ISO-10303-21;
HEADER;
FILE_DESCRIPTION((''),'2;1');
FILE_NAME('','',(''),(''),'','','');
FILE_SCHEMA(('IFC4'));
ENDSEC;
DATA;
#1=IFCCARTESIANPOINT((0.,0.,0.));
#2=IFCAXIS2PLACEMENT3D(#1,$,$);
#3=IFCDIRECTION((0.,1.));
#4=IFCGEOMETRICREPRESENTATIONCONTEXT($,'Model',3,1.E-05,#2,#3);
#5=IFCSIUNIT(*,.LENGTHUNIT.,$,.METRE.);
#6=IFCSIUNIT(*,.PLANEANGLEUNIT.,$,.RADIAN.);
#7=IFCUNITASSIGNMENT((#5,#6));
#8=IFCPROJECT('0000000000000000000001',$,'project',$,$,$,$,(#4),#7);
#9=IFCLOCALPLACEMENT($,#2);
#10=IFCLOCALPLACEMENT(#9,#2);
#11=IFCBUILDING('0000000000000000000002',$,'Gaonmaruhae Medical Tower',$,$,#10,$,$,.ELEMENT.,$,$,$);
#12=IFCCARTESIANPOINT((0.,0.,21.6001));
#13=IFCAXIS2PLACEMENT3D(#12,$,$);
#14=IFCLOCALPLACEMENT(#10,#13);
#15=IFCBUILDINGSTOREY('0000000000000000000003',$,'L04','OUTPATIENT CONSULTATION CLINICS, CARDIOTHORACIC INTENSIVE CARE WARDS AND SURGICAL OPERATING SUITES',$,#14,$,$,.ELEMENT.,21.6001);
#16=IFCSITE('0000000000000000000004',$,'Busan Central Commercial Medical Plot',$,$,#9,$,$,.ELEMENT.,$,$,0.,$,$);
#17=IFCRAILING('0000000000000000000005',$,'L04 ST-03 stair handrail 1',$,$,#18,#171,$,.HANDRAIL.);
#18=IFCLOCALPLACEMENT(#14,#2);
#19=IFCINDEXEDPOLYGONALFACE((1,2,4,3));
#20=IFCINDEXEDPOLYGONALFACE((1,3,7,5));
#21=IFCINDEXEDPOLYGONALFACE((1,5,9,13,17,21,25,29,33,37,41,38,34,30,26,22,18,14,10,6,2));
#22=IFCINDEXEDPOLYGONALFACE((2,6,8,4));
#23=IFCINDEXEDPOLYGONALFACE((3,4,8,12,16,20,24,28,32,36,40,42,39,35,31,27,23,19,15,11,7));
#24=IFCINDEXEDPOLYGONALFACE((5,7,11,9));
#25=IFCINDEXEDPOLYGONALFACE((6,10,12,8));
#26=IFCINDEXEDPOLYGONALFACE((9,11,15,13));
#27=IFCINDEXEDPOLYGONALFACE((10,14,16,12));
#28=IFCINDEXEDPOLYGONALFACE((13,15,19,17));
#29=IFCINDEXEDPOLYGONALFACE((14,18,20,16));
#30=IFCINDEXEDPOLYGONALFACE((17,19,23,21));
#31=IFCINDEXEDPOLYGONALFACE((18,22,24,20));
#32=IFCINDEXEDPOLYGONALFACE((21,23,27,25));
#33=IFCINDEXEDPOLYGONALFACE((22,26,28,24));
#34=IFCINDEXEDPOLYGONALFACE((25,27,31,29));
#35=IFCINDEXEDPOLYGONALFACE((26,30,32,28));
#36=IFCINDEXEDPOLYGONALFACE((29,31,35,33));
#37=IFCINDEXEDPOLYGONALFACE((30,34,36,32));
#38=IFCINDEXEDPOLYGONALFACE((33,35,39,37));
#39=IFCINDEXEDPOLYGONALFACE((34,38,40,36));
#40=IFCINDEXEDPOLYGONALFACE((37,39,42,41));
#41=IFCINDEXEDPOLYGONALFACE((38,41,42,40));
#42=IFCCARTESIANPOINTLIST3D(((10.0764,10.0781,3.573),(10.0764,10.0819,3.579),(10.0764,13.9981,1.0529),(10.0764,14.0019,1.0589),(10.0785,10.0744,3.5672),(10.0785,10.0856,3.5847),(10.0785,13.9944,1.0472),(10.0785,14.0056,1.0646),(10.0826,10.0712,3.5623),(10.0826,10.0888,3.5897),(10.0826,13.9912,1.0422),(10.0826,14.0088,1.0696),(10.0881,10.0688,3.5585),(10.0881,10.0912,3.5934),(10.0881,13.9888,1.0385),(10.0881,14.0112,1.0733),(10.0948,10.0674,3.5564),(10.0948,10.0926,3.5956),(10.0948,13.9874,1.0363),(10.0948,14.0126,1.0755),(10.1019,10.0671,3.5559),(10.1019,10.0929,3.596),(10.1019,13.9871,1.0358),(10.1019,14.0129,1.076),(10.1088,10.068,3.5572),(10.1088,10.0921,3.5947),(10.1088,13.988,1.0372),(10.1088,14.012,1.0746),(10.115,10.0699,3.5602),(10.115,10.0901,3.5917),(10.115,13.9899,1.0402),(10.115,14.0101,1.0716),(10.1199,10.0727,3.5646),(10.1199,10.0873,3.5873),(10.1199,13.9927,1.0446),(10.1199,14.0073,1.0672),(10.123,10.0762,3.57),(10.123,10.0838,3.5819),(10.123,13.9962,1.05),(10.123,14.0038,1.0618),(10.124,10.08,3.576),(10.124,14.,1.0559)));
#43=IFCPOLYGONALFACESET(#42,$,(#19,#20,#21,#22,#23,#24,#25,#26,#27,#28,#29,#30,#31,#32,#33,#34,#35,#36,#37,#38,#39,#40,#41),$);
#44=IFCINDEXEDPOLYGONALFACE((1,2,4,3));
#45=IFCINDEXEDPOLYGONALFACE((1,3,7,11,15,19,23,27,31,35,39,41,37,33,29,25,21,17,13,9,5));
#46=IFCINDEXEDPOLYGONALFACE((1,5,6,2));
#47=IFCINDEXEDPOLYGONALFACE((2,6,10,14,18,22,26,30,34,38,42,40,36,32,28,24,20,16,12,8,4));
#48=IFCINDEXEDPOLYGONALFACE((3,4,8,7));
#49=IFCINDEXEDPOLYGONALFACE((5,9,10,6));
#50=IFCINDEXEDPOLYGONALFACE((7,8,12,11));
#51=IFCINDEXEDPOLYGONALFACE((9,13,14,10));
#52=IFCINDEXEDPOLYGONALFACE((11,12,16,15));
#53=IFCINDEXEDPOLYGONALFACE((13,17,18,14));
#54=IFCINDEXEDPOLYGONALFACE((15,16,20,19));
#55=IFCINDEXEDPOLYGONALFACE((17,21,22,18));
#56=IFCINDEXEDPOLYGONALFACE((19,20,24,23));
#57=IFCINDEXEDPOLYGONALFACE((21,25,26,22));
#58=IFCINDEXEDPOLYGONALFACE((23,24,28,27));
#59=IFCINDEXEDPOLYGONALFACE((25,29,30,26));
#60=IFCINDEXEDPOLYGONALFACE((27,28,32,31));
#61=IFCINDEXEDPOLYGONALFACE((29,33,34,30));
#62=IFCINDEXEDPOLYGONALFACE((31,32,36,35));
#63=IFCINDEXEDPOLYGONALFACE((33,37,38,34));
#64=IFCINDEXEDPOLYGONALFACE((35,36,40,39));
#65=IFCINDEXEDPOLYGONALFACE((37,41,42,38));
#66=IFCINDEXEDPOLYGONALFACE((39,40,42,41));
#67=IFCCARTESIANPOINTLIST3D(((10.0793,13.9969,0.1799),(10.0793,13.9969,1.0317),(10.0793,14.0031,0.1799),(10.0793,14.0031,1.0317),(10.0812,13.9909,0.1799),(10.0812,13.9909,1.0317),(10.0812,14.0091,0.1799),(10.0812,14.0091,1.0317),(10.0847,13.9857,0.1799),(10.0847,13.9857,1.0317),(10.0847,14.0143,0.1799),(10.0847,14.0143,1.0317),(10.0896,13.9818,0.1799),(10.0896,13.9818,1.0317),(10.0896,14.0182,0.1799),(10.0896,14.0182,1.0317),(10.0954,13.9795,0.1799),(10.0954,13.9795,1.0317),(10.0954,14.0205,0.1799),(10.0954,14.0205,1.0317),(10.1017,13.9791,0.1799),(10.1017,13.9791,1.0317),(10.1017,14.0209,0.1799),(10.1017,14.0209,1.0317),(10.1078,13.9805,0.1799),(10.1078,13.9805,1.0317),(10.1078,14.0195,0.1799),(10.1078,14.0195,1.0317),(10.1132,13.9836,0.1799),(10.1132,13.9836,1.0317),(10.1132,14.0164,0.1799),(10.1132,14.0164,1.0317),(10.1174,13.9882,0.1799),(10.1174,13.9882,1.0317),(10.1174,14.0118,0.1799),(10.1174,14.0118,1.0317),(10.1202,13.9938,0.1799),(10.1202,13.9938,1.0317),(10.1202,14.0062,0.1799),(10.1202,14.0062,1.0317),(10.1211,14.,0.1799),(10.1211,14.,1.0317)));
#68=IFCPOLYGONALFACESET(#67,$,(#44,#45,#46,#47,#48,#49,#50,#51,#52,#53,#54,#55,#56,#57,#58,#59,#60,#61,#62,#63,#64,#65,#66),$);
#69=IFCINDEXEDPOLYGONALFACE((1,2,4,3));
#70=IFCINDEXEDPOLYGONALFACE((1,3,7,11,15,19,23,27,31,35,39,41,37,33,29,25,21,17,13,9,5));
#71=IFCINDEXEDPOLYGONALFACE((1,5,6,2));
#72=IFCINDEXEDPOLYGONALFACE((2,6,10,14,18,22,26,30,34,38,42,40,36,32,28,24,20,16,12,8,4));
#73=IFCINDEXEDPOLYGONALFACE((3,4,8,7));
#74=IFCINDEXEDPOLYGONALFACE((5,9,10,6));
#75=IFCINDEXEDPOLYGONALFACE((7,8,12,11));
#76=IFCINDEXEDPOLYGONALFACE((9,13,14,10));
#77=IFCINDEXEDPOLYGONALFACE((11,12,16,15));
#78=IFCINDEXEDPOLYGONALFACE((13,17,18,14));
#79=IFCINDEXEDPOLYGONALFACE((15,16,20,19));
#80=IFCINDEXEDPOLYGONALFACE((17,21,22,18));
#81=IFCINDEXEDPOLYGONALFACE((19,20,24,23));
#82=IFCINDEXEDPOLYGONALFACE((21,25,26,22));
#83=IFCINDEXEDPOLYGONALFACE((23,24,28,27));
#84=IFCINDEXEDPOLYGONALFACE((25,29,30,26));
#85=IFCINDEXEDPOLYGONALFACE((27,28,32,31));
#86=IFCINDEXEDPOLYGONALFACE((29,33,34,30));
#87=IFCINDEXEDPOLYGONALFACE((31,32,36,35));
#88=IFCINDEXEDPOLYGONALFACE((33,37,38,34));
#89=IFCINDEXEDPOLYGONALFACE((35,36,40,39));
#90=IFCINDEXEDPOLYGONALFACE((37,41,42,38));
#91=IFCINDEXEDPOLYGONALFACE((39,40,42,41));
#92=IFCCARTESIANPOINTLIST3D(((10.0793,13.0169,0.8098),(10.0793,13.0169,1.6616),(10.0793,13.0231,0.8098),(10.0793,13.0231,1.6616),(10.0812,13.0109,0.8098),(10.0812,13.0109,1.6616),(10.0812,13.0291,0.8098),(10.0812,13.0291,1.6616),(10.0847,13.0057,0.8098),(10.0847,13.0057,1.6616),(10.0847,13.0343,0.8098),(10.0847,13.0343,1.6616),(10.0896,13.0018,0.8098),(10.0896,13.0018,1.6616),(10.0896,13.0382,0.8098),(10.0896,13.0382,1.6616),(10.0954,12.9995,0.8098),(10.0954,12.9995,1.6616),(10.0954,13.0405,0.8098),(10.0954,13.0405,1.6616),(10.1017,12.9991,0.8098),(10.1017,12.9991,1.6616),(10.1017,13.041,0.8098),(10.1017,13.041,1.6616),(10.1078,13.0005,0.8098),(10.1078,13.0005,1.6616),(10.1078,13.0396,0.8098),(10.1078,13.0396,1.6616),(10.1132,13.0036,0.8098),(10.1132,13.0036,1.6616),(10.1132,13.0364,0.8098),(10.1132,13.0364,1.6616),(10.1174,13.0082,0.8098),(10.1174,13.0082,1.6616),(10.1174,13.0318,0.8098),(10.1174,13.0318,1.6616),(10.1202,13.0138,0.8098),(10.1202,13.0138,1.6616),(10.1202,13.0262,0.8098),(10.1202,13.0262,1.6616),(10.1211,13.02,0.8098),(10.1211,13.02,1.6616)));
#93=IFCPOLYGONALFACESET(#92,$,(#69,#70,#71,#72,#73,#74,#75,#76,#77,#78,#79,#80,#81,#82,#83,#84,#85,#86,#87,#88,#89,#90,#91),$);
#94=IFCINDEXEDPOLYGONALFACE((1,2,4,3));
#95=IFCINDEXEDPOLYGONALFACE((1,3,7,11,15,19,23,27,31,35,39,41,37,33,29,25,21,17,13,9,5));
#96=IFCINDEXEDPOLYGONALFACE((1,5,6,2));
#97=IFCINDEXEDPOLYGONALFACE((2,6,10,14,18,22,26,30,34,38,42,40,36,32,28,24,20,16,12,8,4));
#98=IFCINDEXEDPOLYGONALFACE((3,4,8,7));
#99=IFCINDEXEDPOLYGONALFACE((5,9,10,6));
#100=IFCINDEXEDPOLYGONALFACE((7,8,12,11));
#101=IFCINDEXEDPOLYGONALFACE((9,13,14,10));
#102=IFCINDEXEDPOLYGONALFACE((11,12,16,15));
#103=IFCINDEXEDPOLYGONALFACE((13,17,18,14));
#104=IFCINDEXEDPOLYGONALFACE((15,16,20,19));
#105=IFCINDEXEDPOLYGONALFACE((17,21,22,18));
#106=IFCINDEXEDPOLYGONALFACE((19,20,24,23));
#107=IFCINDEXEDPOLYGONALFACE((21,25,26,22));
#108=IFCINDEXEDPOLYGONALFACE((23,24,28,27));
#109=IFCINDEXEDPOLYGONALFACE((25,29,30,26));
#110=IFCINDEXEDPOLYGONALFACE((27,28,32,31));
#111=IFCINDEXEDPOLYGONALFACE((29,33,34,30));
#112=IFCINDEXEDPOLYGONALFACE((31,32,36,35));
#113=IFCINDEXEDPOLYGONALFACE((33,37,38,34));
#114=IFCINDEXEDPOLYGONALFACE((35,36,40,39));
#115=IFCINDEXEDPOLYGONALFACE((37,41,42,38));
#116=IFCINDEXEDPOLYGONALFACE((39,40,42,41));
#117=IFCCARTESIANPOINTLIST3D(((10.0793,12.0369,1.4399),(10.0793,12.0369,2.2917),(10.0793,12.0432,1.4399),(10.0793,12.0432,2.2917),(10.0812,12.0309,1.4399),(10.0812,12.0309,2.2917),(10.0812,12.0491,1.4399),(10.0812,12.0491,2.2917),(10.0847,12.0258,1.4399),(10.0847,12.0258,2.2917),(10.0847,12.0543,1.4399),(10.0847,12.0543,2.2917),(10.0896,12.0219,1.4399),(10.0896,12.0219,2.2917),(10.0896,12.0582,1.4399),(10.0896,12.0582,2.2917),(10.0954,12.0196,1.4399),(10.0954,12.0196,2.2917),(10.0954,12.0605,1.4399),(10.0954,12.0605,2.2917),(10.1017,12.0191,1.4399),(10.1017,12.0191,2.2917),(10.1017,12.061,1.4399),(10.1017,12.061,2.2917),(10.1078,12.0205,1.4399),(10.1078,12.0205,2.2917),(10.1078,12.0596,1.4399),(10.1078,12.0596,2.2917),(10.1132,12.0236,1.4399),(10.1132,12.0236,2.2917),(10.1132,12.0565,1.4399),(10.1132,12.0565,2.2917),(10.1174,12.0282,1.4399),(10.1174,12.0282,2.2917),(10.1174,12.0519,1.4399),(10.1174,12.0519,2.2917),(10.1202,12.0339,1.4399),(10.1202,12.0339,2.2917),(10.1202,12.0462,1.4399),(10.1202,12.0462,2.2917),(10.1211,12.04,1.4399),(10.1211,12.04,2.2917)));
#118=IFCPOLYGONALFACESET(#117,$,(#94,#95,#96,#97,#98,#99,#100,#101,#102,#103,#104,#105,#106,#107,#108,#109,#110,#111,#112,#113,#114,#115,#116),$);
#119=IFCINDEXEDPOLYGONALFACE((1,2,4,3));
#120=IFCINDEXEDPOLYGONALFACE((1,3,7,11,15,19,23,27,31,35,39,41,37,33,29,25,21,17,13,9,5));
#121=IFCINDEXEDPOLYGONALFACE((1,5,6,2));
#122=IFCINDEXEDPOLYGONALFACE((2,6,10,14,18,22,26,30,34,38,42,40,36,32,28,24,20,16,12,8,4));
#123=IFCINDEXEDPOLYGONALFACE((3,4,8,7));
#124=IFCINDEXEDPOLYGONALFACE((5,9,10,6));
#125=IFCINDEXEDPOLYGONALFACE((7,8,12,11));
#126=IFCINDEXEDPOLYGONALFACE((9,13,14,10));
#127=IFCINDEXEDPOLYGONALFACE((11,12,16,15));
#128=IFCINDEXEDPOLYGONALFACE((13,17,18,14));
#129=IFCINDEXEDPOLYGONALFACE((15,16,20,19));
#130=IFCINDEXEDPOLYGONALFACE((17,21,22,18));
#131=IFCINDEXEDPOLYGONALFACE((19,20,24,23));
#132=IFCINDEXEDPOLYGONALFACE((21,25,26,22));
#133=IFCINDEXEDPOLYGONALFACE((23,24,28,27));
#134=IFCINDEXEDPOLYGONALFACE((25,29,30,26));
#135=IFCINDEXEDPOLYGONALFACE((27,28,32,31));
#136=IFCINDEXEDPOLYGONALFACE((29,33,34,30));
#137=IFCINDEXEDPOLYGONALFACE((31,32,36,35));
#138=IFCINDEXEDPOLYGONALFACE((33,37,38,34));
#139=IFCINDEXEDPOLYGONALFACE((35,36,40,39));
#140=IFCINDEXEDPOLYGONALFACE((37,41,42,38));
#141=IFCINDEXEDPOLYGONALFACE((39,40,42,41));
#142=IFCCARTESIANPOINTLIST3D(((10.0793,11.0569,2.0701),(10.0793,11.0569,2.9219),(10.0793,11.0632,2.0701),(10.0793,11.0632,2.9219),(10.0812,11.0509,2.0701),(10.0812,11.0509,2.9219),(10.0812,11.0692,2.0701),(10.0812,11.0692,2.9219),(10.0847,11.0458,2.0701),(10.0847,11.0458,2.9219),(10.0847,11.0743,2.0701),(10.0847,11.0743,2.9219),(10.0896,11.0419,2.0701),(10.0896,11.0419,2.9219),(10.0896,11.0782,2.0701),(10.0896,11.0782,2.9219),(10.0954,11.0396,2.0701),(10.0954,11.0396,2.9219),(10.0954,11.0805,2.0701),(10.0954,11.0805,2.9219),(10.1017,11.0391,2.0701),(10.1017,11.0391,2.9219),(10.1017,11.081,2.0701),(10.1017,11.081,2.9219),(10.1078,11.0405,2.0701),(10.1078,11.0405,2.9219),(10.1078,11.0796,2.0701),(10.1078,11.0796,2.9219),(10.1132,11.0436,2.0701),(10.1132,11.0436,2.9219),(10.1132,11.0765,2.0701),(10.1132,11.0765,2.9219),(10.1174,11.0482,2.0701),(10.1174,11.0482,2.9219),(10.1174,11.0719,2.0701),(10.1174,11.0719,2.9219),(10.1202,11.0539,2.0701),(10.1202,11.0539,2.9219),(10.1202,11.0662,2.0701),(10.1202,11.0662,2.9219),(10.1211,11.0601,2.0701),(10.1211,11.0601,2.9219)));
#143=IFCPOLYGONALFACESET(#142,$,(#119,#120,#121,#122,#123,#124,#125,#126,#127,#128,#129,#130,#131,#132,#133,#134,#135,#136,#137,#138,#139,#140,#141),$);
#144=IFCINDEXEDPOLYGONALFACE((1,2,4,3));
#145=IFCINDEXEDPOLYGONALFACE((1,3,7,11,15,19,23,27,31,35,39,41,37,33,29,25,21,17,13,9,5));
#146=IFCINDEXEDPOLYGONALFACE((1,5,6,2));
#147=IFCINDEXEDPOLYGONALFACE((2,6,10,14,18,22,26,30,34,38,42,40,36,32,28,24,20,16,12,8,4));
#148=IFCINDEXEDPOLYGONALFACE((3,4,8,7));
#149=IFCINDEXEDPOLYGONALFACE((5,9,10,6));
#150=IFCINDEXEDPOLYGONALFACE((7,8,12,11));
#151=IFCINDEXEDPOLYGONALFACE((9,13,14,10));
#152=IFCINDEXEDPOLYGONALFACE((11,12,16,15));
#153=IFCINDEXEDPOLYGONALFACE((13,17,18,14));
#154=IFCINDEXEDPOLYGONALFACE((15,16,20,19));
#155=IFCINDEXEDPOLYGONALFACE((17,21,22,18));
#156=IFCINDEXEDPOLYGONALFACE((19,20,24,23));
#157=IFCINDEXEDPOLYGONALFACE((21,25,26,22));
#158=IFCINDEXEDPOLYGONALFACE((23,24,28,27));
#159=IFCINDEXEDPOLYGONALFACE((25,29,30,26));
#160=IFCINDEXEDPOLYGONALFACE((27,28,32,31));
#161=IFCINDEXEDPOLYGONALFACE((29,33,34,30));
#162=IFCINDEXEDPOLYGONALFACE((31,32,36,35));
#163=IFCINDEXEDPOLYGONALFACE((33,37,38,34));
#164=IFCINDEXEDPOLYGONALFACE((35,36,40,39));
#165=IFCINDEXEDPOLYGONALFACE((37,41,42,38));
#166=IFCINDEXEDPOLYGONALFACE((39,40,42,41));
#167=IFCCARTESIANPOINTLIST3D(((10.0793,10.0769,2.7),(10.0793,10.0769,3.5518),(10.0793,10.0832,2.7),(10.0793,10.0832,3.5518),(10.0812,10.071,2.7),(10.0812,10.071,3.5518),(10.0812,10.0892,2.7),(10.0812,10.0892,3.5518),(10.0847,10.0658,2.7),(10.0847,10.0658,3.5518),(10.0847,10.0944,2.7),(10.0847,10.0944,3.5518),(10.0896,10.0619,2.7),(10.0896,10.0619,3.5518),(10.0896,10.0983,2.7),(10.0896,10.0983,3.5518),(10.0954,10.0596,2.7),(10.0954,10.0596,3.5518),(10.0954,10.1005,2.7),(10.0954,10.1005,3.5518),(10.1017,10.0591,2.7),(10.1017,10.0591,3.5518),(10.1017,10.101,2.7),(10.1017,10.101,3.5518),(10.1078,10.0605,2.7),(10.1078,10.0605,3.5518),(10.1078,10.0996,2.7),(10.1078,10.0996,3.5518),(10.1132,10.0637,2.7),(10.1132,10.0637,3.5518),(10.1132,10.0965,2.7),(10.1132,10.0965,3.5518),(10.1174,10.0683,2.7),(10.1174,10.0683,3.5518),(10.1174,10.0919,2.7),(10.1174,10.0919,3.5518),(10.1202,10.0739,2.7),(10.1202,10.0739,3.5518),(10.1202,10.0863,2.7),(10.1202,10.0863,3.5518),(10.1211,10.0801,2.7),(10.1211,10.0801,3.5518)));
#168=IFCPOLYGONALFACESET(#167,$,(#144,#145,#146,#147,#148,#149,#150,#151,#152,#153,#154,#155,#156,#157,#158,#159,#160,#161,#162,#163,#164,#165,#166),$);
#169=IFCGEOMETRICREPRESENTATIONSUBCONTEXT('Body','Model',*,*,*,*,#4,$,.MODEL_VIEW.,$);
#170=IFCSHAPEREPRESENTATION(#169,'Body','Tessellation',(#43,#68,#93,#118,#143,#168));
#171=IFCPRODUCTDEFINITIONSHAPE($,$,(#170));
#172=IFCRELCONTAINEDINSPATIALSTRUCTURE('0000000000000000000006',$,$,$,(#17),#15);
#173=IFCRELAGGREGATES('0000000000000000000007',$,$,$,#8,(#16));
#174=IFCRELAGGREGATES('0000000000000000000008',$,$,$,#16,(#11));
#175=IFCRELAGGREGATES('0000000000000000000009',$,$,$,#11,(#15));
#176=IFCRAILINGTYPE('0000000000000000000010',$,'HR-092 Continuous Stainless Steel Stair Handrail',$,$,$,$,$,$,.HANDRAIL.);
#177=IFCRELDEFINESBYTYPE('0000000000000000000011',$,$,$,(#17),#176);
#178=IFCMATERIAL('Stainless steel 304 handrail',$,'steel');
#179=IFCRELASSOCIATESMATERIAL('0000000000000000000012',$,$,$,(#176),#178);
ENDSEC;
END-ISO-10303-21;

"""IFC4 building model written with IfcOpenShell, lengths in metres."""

from ifc_helpers import new_model, si_unit, direction, frame, origin, origin_2d, place, context, subcontext, project, spatial, circle, extrude, material, type_object, element, save


model = new_model("IFC4")

# Units and contexts
model_context = context("Model", 3, precision=1e-05, world=origin(), true_north=direction((0.0, 1.0)))
body_context = subcontext(model_context, "Body", "Model", "MODEL_VIEW")
ifc_project = project(units=[si_unit("LENGTHUNIT", "METRE"), si_unit("PLANEANGLEUNIT", "RADIAN")], contexts=[model_context])

# Site, building, storey
site_placement = place(None, origin())
site = spatial("IfcSite", under=ifc_project, at=site_placement, Name="Busan Central Commercial Medical Plot", CompositionType="ELEMENT", RefElevation=0.0)
building_placement = place(site_placement, origin())
building = spatial("IfcBuilding", under=site, at=building_placement, Name="Gaonmaruhae Medical Tower", CompositionType="ELEMENT")
storey_placement = place(building_placement, frame((0.0, 0.0, 21.6001)))
storey = spatial("IfcBuildingStorey", under=building, at=storey_placement, Name="L04", Description="OUTPATIENT CONSULTATION CLINICS, CARDIOTHORACIC INTENSIVE CARE WARDS AND SURGICAL OPERATING SUITES", CompositionType="ELEMENT", Elevation=21.6001)

# Railing
ifc_material_1 = material(Name="Stainless steel 304 handrail", Category="steel")
railing_type_1 = type_object("IfcRailingType", Name="HR-092 Continuous Stainless Steel Stair Handrail", PredefinedType="HANDRAIL", material=ifc_material_1)
railing_1_placement = place(storey_placement, frame((10.1001, 14.0, 0.1799)))
element("IfcRailing", 1, at=railing_1_placement, inside=storey, type_object=railing_type_1, Name="L04 ST-03 stair handrail 1", PredefinedType="HANDRAIL", context=body_context, shape_type="SweptSolid", body=[
    extrude(circle(Radius=0.0239, at=origin_2d()), frame((0.0, 0.0, 0.876), z_axis=(0.0, -0.841172, 0.540768), x_axis=(1.0, 0.0, 0.0)), (0.0, 0.0, 1.0), 4.6602),
    extrude(circle(Radius=0.021, at=origin_2d()), origin(), (0.0, 0.0, 1.0), 0.8518),
    extrude(circle(Radius=0.021, at=origin_2d()), frame((0.0, -0.98, 0.6299)), (0.0, 0.0, 1.0), 0.8518),
    extrude(circle(Radius=0.021, at=origin_2d()), frame((0.0, -1.96, 1.26)), (0.0, 0.0, 1.0), 0.8518),
    extrude(circle(Radius=0.021, at=origin_2d()), frame((0.0, -2.9399, 1.8901)), (0.0, 0.0, 1.0), 0.8518),
    extrude(circle(Radius=0.021, at=origin_2d()), frame((0.0, -3.9199, 2.52)), (0.0, 0.0, 1.0), 0.8518),
])

save(model, "model.ifc")
